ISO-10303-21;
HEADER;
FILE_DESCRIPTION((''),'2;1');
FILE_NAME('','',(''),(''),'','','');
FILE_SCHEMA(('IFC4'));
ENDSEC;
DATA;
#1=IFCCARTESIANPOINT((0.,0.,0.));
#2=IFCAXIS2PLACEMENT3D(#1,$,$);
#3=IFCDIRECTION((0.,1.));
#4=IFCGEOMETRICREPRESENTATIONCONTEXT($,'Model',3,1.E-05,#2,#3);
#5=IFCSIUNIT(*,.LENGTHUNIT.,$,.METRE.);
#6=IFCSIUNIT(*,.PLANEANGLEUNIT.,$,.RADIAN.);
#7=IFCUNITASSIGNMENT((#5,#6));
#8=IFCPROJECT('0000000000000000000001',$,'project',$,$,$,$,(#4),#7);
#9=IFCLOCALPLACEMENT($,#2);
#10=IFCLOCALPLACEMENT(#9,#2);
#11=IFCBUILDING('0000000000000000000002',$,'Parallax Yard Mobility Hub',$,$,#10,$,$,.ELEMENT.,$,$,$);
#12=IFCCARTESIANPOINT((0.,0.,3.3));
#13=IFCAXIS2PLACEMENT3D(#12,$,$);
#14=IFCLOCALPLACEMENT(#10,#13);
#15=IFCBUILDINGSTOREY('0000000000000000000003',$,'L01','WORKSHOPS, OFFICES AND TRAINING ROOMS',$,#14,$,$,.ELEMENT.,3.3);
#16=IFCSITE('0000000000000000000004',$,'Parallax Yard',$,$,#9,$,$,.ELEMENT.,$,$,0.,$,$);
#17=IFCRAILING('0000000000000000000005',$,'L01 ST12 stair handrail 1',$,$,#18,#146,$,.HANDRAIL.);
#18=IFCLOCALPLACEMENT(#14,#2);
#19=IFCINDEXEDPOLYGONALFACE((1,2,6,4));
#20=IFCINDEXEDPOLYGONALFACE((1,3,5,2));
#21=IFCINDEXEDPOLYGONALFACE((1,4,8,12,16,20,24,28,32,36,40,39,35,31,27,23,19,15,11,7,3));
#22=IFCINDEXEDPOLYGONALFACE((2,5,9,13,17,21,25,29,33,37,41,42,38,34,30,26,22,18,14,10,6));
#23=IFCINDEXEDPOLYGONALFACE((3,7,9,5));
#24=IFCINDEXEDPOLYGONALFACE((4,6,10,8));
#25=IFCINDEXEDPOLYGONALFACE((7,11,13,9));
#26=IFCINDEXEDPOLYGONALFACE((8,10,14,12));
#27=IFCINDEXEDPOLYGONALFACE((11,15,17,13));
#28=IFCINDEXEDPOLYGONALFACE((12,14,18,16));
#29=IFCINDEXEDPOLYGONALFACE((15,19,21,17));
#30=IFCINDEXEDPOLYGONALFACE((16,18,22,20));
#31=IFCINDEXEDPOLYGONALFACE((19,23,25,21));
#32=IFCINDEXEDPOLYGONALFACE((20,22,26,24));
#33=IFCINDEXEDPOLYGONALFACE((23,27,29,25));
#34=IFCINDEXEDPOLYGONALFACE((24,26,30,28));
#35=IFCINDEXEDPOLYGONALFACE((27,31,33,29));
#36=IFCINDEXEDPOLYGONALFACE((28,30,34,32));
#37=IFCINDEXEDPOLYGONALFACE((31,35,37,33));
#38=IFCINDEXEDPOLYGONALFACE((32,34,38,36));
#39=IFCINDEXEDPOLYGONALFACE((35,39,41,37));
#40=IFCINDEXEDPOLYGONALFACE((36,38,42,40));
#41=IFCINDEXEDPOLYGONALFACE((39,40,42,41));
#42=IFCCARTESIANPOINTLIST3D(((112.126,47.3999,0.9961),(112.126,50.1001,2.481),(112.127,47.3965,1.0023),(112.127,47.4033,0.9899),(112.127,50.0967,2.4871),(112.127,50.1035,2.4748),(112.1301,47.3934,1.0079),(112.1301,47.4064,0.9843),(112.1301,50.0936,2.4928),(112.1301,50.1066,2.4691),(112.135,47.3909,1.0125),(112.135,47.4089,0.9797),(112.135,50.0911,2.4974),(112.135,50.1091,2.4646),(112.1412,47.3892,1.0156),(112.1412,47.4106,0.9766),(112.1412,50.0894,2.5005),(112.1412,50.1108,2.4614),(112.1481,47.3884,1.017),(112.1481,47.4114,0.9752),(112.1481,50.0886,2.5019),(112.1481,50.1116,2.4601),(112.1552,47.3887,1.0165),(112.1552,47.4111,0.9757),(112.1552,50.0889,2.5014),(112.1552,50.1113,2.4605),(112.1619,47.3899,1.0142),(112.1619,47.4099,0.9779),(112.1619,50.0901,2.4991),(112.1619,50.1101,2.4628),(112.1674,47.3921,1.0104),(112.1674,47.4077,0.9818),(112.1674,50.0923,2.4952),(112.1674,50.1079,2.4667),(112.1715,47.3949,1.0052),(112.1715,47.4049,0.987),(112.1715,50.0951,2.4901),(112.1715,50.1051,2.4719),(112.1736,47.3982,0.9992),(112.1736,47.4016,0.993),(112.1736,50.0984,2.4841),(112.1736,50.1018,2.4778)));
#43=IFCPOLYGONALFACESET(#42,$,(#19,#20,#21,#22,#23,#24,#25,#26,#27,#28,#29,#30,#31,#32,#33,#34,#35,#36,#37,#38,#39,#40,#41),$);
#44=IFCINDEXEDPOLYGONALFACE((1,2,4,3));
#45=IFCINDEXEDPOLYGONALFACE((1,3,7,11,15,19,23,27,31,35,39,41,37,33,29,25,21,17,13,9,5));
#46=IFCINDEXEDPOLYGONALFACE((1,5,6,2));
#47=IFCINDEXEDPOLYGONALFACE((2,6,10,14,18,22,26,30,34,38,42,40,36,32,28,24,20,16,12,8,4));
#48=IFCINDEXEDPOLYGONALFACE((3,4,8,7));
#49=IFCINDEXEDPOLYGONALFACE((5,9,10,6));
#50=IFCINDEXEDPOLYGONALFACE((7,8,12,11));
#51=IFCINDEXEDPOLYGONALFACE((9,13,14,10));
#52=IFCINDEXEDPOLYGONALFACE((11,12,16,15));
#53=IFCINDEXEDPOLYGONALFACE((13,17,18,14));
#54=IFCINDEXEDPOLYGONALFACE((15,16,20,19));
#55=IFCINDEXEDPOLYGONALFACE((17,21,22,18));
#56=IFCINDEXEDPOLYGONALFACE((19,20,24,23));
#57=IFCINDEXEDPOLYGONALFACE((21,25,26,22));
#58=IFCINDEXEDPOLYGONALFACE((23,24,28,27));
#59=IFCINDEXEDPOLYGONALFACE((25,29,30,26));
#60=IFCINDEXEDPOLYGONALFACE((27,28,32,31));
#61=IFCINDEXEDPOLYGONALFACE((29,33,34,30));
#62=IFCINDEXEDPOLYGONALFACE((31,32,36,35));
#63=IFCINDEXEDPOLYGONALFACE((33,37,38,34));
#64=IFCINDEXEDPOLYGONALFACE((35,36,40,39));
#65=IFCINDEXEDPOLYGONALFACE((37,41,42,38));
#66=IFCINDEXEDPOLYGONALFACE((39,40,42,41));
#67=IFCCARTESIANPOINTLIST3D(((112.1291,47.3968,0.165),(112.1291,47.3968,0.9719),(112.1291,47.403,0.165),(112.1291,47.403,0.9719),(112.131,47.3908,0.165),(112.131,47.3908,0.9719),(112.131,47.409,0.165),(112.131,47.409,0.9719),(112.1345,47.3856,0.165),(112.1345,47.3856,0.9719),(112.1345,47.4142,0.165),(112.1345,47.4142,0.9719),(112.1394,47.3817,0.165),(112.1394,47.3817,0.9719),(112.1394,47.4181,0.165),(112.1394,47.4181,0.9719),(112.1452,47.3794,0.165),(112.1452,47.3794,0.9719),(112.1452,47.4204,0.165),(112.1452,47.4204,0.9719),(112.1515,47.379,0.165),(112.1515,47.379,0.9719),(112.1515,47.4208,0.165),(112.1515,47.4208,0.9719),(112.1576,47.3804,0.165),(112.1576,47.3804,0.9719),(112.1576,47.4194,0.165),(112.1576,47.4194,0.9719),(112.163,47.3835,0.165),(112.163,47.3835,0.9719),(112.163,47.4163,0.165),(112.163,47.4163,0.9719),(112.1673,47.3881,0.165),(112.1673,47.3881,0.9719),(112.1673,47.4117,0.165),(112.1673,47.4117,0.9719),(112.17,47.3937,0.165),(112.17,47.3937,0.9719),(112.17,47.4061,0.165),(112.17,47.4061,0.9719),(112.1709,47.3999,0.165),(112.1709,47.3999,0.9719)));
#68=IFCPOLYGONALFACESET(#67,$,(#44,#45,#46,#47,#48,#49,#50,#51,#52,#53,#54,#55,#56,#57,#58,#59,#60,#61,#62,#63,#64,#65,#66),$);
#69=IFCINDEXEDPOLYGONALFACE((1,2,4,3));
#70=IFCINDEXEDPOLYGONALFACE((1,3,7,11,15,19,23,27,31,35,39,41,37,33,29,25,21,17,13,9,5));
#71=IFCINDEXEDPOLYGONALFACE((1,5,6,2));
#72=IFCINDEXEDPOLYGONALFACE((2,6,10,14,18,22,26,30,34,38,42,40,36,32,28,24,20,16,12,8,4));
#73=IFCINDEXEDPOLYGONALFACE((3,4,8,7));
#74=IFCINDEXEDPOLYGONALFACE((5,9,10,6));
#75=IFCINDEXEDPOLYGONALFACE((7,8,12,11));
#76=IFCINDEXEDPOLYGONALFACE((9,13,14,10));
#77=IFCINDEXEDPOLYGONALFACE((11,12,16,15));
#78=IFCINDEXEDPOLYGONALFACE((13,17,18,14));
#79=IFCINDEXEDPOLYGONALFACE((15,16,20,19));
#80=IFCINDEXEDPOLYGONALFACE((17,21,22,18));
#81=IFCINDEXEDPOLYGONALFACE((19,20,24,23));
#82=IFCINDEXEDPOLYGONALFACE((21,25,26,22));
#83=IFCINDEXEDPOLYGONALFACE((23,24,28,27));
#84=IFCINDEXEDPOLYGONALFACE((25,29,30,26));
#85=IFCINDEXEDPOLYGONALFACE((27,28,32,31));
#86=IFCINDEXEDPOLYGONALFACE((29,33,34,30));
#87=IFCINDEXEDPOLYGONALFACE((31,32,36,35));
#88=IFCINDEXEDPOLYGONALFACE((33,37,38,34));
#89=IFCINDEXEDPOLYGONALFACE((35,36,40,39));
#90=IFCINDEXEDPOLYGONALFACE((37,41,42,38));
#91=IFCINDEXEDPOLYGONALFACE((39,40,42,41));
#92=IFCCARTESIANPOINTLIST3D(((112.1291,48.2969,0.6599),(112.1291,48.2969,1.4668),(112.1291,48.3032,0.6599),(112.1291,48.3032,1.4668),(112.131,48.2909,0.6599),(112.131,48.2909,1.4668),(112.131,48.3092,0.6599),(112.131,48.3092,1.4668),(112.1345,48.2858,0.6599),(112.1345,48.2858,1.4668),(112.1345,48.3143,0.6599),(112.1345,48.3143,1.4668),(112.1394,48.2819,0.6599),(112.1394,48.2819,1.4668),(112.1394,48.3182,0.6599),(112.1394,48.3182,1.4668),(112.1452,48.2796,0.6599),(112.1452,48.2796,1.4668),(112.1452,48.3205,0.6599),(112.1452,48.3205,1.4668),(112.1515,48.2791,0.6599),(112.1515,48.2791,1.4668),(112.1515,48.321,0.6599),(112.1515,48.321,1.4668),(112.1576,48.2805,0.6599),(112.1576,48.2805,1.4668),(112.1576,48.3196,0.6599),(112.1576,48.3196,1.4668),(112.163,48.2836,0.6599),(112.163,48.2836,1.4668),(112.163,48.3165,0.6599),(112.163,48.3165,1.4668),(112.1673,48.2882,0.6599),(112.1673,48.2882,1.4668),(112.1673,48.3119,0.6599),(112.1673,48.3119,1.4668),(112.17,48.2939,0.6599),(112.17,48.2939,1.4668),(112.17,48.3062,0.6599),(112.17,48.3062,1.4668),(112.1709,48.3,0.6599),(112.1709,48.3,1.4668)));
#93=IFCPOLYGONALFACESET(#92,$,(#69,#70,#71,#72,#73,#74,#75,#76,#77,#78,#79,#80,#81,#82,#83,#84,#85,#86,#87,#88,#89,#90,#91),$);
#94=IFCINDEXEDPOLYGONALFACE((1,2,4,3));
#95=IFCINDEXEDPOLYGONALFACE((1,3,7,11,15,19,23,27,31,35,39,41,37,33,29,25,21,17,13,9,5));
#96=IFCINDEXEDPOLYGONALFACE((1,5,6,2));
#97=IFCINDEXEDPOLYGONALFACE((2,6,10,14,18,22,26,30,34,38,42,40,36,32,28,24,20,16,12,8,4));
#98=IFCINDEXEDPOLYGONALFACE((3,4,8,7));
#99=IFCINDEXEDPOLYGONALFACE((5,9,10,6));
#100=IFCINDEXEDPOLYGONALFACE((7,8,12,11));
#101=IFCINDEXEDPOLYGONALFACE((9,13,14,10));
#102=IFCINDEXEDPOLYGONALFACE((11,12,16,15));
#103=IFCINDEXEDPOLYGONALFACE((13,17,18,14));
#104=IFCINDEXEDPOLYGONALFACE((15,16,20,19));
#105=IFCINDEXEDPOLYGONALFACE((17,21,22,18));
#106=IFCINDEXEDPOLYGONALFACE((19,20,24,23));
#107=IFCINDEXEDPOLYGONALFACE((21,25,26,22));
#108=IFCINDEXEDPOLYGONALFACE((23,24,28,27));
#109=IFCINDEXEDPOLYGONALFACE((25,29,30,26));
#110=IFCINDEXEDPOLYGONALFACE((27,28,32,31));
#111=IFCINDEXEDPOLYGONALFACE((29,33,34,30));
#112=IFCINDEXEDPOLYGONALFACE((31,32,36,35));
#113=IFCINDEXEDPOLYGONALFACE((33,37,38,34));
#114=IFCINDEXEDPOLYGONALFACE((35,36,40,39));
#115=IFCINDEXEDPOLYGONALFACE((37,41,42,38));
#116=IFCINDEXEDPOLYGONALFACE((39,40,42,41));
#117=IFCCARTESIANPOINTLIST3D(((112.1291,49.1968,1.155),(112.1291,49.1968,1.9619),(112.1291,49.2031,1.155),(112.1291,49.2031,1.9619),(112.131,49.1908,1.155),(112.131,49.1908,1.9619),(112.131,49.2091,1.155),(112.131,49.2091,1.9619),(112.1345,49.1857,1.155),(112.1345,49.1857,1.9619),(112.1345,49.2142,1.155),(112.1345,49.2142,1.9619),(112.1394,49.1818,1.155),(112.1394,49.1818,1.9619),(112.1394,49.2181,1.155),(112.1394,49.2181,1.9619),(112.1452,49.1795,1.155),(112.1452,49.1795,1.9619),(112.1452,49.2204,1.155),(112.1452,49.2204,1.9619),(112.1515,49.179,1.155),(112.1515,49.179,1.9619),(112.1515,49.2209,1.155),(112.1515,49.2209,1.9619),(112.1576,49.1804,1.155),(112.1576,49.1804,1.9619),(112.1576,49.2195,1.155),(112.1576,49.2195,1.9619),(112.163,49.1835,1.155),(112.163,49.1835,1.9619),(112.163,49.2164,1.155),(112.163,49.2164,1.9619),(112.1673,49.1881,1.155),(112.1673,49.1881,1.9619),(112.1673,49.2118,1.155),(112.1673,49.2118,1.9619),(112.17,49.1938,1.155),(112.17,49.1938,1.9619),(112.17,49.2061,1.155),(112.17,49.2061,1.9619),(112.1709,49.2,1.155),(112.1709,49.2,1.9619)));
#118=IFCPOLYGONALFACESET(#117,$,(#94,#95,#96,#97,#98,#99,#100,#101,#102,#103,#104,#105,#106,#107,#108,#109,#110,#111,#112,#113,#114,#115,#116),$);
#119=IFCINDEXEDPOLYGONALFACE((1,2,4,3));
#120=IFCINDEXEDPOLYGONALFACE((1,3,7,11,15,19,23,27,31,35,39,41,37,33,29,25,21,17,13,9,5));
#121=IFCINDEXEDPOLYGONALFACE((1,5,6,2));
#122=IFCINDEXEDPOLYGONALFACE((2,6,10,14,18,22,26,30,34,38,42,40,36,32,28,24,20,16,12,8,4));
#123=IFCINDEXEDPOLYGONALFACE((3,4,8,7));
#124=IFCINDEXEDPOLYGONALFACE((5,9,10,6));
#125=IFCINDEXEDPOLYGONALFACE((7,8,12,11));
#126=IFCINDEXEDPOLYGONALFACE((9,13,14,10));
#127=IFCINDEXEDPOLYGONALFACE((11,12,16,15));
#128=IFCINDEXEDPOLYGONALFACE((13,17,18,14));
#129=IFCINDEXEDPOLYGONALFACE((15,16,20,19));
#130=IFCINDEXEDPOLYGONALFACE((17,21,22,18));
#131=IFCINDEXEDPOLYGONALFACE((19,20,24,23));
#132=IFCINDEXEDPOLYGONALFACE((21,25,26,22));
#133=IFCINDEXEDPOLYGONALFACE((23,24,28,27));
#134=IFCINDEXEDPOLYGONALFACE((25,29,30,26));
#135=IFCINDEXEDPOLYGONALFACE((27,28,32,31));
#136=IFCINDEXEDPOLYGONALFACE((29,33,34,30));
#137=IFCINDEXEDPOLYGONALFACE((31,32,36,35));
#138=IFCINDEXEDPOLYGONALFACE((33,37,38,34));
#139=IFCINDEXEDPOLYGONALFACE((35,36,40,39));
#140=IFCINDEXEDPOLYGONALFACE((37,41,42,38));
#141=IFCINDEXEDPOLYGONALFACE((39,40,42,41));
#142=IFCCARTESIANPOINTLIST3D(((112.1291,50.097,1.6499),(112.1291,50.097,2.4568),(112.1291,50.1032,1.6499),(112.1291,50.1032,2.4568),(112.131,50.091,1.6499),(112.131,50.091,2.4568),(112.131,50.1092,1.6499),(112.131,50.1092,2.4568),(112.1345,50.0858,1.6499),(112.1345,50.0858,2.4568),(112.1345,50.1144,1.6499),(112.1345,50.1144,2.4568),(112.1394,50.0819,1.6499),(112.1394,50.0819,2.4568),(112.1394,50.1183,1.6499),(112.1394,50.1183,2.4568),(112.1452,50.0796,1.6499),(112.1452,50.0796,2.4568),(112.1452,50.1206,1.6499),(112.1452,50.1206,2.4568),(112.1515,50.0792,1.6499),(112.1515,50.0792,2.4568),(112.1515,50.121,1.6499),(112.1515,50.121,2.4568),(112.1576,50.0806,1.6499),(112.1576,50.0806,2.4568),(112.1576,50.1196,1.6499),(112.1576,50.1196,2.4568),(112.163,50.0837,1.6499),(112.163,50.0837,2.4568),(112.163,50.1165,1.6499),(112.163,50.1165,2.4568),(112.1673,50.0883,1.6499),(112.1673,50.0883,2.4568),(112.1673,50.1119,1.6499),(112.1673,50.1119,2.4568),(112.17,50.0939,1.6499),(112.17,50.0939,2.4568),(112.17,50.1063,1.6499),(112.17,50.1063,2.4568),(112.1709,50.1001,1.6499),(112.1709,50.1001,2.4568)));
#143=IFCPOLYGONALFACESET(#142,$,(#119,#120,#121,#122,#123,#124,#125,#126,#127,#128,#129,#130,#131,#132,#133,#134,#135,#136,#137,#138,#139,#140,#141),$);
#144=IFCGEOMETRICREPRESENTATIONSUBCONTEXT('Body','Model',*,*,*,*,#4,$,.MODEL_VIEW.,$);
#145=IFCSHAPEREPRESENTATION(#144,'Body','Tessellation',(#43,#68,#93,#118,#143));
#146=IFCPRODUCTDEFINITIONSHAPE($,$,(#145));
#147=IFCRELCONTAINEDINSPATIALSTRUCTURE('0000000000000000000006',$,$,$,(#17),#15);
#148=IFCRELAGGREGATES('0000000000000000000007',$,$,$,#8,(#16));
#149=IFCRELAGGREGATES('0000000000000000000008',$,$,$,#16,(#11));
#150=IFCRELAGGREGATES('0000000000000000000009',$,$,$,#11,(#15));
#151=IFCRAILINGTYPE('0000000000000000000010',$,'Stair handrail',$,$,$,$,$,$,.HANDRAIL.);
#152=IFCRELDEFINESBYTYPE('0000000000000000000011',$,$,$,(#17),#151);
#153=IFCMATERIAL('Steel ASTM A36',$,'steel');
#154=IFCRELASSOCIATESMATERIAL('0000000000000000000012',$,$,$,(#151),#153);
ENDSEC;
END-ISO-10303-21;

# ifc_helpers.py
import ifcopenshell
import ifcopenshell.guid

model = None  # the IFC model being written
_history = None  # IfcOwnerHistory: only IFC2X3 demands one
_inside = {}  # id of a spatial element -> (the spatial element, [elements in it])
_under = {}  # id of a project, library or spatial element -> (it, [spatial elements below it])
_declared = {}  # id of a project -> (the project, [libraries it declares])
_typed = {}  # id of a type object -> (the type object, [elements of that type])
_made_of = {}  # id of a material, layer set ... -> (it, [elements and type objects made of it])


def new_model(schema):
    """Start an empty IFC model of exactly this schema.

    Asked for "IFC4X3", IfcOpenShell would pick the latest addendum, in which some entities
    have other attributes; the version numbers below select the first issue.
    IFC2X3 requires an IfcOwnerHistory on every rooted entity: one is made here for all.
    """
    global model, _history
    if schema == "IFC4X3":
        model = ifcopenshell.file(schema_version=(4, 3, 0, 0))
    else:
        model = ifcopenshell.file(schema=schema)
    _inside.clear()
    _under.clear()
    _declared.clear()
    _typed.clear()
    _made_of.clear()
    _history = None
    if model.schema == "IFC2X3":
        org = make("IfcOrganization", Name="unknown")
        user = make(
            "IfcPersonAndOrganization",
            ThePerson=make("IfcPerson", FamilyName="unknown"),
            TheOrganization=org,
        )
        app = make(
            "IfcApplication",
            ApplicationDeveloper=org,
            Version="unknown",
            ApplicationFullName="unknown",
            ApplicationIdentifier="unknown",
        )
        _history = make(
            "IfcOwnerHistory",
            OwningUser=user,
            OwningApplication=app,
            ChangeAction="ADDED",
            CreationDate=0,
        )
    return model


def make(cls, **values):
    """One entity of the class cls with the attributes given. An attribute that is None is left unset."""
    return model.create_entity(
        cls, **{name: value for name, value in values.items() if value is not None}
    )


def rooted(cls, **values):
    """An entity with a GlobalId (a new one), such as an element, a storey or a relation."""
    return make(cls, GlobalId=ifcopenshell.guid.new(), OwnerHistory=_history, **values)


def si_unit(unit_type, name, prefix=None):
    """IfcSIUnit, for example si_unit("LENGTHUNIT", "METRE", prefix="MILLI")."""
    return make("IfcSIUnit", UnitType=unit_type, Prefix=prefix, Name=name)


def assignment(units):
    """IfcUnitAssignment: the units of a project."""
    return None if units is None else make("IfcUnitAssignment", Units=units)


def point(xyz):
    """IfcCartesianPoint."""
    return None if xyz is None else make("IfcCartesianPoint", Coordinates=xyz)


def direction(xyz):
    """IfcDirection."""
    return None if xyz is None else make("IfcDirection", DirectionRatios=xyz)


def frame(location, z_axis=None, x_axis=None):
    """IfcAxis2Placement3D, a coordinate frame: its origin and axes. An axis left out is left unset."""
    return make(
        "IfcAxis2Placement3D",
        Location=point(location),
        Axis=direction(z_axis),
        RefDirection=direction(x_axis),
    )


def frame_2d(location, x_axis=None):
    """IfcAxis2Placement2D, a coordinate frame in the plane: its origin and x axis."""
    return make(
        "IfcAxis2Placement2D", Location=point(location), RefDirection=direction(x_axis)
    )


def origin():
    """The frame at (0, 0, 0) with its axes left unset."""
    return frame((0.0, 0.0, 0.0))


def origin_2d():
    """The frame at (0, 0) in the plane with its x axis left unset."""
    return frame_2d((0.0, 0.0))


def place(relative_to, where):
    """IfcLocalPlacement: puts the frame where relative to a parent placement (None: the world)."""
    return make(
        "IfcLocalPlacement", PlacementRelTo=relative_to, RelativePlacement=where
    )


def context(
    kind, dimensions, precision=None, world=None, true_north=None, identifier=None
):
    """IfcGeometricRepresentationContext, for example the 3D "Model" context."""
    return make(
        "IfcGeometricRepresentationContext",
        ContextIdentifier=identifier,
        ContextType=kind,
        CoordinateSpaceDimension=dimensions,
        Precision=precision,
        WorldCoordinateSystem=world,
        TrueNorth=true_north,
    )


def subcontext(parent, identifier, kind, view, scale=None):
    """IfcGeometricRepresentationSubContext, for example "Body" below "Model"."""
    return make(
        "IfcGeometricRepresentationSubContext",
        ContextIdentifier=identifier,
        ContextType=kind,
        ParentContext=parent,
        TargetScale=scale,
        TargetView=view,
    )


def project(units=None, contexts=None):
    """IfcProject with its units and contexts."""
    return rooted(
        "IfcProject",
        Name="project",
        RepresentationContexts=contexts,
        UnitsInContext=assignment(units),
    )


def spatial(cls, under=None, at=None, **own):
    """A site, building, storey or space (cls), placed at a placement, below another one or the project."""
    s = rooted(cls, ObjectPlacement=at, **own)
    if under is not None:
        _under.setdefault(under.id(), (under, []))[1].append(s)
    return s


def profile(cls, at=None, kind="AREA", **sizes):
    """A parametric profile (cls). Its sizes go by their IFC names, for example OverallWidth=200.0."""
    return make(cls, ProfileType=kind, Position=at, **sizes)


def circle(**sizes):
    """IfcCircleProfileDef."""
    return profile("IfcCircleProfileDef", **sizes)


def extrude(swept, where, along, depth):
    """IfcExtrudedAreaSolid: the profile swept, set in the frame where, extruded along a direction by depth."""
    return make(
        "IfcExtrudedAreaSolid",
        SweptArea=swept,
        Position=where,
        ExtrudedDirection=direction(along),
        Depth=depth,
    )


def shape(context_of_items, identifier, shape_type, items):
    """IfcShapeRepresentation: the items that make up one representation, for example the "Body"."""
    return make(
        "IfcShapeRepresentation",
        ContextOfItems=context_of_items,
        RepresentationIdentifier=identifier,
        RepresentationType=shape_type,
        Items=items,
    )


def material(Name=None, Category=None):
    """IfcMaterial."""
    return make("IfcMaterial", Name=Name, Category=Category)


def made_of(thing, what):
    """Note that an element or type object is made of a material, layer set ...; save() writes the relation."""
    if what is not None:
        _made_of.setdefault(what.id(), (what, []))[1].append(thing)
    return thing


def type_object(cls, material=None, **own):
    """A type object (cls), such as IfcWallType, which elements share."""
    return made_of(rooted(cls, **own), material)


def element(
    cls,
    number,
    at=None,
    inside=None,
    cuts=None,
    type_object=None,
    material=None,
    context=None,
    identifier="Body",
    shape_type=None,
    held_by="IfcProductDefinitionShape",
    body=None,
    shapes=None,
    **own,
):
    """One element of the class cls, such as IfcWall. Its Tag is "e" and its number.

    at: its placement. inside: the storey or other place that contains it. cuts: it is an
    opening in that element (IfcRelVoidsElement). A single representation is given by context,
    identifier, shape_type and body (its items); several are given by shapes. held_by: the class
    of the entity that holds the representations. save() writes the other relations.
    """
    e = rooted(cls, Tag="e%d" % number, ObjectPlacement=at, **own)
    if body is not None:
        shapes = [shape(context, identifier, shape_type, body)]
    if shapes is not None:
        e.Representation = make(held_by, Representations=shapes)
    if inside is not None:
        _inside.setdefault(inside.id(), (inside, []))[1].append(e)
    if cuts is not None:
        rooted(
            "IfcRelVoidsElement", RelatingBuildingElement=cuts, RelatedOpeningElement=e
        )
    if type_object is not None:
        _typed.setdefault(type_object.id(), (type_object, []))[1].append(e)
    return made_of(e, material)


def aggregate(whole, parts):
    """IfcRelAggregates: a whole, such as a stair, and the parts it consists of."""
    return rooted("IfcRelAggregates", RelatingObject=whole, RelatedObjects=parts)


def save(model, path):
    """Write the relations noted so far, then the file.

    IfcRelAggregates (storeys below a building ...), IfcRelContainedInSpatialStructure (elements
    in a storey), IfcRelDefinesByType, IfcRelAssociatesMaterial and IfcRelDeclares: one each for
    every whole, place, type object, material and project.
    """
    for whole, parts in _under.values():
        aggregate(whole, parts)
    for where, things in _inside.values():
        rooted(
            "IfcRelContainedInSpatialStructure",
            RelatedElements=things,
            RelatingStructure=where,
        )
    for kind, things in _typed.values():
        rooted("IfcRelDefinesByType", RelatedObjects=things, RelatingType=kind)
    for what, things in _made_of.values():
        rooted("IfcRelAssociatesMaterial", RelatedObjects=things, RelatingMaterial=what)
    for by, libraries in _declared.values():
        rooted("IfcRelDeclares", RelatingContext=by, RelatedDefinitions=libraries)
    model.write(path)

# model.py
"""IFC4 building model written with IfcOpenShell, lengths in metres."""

from ifc_helpers import new_model, si_unit, direction, frame, origin, origin_2d, place, context, subcontext, project, spatial, circle, extrude, material, type_object, element, save


model = new_model("IFC4")

# Units and contexts
model_context = context("Model", 3, precision=1e-05, world=origin(), true_north=direction((0.0, 1.0)))
body_context = subcontext(model_context, "Body", "Model", "MODEL_VIEW")
ifc_project = project(units=[si_unit("LENGTHUNIT", "METRE"), si_unit("PLANEANGLEUNIT", "RADIAN")], contexts=[model_context])

# Site, building, storey
site_placement = place(None, origin())
site = spatial("IfcSite", under=ifc_project, at=site_placement, Name="Parallax Yard", CompositionType="ELEMENT", RefElevation=0.0)
building_placement = place(site_placement, origin())
building = spatial("IfcBuilding", under=site, at=building_placement, Name="Parallax Yard Mobility Hub", CompositionType="ELEMENT")
storey_placement = place(building_placement, frame((0.0, 0.0, 3.3)))
storey = spatial("IfcBuildingStorey", under=building, at=storey_placement, Name="L01", Description="WORKSHOPS, OFFICES AND TRAINING ROOMS", CompositionType="ELEMENT", Elevation=3.3)

# Railing
ifc_material_1 = material(Name="Steel ASTM A36", Category="steel")
railing_type_1 = type_object("IfcRailingType", Name="Stair handrail", PredefinedType="HANDRAIL", material=ifc_material_1)
for number, where, name in (
    (1, (112.1499, 47.3999, 0.165), "L01 ST12 stair handrail 1"),
):
    element("IfcRailing", number, at=place(storey_placement, frame(where)), inside=storey, type_object=railing_type_1, Name=name, PredefinedType="HANDRAIL", context=body_context, shape_type="SweptSolid", body=[
        extrude(circle(Radius=0.0239, at=origin_2d()), frame((0.0, 0.0, 0.8311), z_axis=(0.0, 0.876249, 0.481858), x_axis=(-1.0, 0.0, 0.0)), (0.0, 0.0, 1.0), 3.0815),
        extrude(circle(Radius=0.021, at=origin_2d()), origin(), (0.0, 0.0, 1.0), 0.8069),
        extrude(circle(Radius=0.021, at=origin_2d()), frame((0.0, 0.9001, 0.4949)), (0.0, 0.0, 1.0), 0.8069),
        extrude(circle(Radius=0.021, at=origin_2d()), frame((0.0, 1.8, 0.99)), (0.0, 0.0, 1.0), 0.8069),
        extrude(circle(Radius=0.021, at=origin_2d()), frame((0.0, 2.7002, 1.4849)), (0.0, 0.0, 1.0), 0.8069),
    ])

save(model, "model.ifc")
